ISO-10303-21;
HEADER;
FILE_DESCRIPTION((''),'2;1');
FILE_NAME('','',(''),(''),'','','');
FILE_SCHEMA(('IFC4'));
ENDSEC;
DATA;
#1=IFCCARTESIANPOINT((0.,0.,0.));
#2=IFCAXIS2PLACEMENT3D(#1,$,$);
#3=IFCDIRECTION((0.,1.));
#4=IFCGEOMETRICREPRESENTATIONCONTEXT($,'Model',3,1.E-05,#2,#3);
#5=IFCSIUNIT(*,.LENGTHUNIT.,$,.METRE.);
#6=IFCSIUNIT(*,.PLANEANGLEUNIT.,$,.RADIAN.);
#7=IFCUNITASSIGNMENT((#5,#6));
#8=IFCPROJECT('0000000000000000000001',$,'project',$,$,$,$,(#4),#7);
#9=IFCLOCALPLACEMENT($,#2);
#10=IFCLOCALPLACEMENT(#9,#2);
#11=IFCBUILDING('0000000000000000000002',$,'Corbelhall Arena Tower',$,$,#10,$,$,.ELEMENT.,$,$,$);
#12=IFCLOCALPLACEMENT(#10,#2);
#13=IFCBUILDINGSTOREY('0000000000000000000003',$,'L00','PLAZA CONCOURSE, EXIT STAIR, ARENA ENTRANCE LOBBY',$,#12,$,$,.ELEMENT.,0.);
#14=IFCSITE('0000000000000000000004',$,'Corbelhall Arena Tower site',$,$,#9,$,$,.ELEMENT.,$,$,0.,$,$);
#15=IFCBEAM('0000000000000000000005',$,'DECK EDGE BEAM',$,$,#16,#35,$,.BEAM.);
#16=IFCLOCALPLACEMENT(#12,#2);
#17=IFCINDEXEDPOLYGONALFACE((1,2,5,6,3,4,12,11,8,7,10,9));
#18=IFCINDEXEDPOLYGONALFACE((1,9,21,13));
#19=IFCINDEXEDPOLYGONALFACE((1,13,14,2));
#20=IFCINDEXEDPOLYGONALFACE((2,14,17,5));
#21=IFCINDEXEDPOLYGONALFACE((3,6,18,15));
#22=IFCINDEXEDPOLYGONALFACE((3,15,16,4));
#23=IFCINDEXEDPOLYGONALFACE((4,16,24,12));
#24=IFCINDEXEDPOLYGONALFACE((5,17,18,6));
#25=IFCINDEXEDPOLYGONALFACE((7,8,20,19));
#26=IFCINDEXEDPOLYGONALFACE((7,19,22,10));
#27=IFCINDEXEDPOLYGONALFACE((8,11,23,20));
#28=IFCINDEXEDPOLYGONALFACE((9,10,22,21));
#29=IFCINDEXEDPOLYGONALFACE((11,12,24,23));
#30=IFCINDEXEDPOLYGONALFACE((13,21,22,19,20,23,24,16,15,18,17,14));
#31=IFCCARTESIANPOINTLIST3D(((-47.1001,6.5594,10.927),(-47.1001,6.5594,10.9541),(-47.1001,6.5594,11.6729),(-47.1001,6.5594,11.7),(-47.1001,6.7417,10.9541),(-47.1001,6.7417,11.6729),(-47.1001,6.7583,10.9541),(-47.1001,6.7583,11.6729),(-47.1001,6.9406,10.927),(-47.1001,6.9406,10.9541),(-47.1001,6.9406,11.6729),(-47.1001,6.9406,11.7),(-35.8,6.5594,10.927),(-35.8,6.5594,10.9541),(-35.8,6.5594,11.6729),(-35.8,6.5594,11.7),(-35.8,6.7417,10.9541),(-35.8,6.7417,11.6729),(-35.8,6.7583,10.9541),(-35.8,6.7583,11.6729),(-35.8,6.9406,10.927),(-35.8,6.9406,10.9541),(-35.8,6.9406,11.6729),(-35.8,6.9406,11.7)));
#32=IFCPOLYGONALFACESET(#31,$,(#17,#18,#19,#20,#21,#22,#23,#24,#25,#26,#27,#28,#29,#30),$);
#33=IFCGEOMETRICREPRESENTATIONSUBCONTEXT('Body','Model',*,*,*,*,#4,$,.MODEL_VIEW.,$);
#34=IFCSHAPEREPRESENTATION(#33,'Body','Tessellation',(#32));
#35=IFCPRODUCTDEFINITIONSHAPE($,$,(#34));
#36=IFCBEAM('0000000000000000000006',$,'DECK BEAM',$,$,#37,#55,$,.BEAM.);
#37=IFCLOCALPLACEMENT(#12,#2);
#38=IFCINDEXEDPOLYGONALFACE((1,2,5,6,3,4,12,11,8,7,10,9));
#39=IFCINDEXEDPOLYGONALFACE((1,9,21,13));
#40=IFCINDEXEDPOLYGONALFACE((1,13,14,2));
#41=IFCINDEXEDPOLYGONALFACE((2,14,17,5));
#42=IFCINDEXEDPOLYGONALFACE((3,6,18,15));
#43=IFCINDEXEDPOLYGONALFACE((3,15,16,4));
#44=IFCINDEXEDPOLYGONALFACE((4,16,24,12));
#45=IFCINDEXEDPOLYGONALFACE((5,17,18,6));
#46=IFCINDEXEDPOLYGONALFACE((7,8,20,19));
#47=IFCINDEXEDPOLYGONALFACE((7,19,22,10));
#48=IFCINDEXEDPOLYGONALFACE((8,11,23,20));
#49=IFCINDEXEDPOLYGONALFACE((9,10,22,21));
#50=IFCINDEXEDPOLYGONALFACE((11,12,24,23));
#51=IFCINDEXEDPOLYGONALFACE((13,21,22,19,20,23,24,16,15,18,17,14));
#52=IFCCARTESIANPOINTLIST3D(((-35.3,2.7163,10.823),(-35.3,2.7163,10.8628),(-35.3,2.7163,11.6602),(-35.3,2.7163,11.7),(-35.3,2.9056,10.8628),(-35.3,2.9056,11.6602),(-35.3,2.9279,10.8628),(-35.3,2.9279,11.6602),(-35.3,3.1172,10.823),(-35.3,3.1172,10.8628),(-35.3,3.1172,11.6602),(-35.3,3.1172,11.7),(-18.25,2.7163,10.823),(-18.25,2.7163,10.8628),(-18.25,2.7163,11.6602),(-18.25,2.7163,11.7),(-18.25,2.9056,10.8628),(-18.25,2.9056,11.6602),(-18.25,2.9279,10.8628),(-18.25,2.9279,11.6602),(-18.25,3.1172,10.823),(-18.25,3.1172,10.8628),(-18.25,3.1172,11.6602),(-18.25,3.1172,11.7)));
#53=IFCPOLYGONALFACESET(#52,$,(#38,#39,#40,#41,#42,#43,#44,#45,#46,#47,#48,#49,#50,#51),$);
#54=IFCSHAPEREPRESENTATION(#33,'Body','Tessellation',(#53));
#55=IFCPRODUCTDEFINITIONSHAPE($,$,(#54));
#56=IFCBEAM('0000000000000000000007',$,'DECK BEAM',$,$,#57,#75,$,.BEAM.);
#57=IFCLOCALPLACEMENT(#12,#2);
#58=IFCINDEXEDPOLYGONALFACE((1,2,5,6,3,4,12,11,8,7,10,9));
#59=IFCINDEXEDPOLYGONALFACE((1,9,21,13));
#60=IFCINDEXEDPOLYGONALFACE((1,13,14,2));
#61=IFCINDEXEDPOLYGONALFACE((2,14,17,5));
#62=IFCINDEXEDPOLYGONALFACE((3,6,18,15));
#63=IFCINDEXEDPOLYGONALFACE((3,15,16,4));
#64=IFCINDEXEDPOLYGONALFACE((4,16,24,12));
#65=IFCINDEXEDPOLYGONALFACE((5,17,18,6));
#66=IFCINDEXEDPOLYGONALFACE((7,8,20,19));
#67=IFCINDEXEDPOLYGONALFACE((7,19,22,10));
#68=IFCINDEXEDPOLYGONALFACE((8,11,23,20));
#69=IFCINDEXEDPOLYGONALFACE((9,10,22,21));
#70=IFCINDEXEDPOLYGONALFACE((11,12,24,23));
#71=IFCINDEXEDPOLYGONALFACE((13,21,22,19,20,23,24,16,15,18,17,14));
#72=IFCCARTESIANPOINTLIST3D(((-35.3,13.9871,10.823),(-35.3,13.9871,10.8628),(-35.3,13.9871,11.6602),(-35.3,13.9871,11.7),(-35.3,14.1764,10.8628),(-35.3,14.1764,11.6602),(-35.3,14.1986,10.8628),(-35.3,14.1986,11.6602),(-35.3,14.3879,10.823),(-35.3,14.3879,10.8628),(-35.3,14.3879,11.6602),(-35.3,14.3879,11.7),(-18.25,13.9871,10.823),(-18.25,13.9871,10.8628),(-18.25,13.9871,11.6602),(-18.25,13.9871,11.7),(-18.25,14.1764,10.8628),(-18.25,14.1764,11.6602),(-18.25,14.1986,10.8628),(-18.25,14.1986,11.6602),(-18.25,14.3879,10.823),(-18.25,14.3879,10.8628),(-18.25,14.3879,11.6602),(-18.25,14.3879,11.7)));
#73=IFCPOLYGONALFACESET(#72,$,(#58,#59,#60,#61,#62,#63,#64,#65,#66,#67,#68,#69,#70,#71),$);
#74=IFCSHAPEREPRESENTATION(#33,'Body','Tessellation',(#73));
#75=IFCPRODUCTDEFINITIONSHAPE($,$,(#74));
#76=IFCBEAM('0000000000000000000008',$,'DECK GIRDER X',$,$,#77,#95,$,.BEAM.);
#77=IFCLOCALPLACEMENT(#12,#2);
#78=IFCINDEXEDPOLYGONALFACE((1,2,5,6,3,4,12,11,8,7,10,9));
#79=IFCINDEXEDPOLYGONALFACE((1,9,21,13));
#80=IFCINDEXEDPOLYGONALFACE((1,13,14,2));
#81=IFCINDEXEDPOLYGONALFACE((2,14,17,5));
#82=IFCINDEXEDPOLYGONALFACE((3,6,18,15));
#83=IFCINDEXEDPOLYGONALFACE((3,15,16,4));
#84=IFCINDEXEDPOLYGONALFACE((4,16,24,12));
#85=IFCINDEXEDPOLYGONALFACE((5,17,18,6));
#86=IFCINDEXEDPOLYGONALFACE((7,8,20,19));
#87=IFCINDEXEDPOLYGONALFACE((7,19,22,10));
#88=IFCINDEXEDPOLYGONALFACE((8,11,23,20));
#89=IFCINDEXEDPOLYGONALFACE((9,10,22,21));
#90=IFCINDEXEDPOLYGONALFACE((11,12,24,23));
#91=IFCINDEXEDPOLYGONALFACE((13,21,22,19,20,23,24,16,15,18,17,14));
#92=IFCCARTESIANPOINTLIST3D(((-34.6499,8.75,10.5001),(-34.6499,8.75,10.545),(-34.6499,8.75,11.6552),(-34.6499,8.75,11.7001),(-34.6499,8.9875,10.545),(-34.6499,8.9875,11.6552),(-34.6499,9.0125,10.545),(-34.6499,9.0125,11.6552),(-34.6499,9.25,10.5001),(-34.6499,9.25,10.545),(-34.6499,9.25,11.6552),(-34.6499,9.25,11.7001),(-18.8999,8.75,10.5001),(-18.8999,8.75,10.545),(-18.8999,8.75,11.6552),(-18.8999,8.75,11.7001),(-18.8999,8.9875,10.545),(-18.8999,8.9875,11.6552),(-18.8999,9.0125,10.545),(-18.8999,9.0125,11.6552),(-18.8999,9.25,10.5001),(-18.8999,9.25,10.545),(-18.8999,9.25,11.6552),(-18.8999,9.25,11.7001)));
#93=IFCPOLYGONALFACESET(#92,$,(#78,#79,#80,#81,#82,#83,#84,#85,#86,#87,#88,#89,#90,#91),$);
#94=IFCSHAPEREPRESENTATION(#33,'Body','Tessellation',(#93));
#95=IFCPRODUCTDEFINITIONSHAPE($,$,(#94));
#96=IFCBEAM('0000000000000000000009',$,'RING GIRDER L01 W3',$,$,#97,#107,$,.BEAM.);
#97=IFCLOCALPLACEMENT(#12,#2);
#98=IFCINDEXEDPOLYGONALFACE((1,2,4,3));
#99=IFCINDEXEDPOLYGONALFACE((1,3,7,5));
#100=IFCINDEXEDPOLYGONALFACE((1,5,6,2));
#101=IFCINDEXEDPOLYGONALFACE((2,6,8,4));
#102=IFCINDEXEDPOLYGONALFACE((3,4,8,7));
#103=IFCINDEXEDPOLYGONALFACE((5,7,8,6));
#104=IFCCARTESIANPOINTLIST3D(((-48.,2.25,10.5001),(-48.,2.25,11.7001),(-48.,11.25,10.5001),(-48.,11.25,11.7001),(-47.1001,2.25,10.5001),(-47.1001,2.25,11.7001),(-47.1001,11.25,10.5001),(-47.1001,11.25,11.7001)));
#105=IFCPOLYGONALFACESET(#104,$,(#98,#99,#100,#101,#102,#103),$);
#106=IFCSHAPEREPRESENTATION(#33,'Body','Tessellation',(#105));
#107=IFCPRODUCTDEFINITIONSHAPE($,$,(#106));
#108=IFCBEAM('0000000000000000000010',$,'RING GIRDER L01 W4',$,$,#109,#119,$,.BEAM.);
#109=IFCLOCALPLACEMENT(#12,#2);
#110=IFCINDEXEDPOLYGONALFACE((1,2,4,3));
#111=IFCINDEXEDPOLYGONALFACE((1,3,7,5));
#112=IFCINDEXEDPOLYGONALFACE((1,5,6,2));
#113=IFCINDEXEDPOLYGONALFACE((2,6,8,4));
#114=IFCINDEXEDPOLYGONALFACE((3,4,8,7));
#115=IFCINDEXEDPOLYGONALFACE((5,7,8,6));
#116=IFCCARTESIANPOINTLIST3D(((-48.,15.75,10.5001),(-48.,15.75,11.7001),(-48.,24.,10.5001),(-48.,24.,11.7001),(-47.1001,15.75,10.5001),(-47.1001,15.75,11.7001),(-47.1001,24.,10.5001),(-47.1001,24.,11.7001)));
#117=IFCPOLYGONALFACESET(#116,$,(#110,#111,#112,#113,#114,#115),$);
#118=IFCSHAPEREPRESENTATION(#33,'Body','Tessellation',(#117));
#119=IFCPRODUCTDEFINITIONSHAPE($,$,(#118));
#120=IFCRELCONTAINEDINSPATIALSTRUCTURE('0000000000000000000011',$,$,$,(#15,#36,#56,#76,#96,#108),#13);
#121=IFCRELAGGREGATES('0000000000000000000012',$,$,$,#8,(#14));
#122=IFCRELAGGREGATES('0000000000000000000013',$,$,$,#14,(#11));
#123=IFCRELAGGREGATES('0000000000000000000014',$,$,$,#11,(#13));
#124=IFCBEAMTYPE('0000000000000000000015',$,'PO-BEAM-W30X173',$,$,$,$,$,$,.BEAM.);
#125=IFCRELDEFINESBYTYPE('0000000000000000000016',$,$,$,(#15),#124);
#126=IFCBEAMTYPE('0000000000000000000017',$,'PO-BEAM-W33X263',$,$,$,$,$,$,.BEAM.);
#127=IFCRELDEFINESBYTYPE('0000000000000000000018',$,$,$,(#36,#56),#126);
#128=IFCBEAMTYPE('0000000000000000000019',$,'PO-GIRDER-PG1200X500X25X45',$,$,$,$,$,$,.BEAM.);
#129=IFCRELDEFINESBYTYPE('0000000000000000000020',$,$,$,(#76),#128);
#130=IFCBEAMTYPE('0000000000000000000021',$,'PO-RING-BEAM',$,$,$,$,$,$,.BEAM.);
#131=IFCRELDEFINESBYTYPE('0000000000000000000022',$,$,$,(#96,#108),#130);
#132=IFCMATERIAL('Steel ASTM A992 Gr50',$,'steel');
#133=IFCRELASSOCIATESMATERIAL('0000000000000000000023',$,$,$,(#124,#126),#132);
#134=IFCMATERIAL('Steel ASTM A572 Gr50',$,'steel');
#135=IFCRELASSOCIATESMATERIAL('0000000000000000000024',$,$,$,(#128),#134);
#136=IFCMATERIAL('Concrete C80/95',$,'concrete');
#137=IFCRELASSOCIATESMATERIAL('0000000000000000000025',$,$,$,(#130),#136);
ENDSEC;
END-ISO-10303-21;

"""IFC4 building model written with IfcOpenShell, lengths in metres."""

from ifc_helpers import new_model, si_unit, direction, frame, origin, origin_2d, place, context, subcontext, project, spatial, rectangle, i_section, extrude, material, material_profile, profile_set, type_object, element, save


model = new_model("IFC4")

# Units and contexts
model_context = context("Model", 3, precision=1e-05, world=origin(), true_north=direction((0.0, 1.0)))
body_context = subcontext(model_context, "Body", "Model", "MODEL_VIEW")
ifc_project = project(units=[si_unit("LENGTHUNIT", "METRE"), si_unit("PLANEANGLEUNIT", "RADIAN")], contexts=[model_context])

# Site, building, storey
site_placement = place(None, origin())
site = spatial("IfcSite", under=ifc_project, at=site_placement, Name="Corbelhall Arena Tower site", CompositionType="ELEMENT", RefElevation=0.0)
building_placement = place(site_placement, origin())
building = spatial("IfcBuilding", under=site, at=building_placement, Name="Corbelhall Arena Tower", CompositionType="ELEMENT")
storey_placement = place(building_placement, origin())
storey = spatial("IfcBuildingStorey", under=building, at=storey_placement, Name="L00", Description="PLAZA CONCOURSE, EXIT STAIR, ARENA ENTRANCE LOBBY", CompositionType="ELEMENT", Elevation=0.0)

# Shared definitions
ifc_material_1 = material(Name="Concrete C80/95", Category="concrete")

# Shared definitions
ifc_material_2 = material(Name="Steel ASTM A572 Gr50", Category="steel")

# Beams
ifc_material_3 = material(Name="Steel ASTM A992 Gr50", Category="steel")
ifc_material_profile_1 = material_profile(ifc_material_3, i_section(OverallWidth=0.3811, OverallDepth=0.7729, WebThickness=0.0166, FlangeThickness=0.0271, at=origin_2d()))
ifc_profile_set_1 = profile_set([ifc_material_profile_1], Name="Steel ASTM A992 Gr50")
beam_type_1 = type_object("IfcBeamType", Name="PO-BEAM-W30X173", PredefinedType="BEAM", material=ifc_profile_set_1)
beam_1_placement = place(storey_placement, frame((-35.8, 6.75, 11.3135), z_axis=(-1.0, 0.0, 0.0), x_axis=(0.0, -1.0, 0.0)))
element("IfcBeam", 1, at=beam_1_placement, inside=storey, type_object=beam_type_1, Name="DECK EDGE BEAM", PredefinedType="BEAM", context=body_context, shape_type="SweptSolid", body=[
    extrude(i_section(OverallWidth=0.3811, OverallDepth=0.7729, WebThickness=0.0166, FlangeThickness=0.0271, at=origin_2d()), origin(), (0.0, 0.0, 1.0), 11.3),
])
ifc_material_profile_2 = material_profile(ifc_material_3, i_section(OverallWidth=0.4009, OverallDepth=0.877, WebThickness=0.0222, FlangeThickness=0.0398, at=origin_2d()))
ifc_profile_set_2 = profile_set([ifc_material_profile_2], Name="Steel ASTM A992 Gr50")
beam_type_2 = type_object("IfcBeamType", Name="PO-BEAM-W33X263", PredefinedType="BEAM", material=ifc_profile_set_2)
for number, where, z_axis, x_axis, name in (
    (2, (-35.3, 2.9167, 11.2615), (1.0, 0.0, 0.0), (0.0, 1.0, 0.0), "DECK BEAM"),
    (3, (-35.3, 14.1875, 11.2615), (1.0, 0.0, 0.0), (0.0, 1.0, 0.0), "DECK BEAM"),
):
    element("IfcBeam", number, at=place(storey_placement, frame(where, z_axis=z_axis, x_axis=x_axis)), inside=storey, type_object=beam_type_2, Name=name, PredefinedType="BEAM", context=body_context, shape_type="SweptSolid", body=[
        extrude(i_section(OverallWidth=0.4009, OverallDepth=0.877, WebThickness=0.0222, FlangeThickness=0.0398, at=origin_2d()), origin(), (0.0, 0.0, 1.0), 17.05),
    ])
ifc_material_profile_3 = material_profile(ifc_material_2, i_section(OverallWidth=0.5, OverallDepth=1.2, WebThickness=0.0249, FlangeThickness=0.0449, at=origin_2d()))
ifc_profile_set_3 = profile_set([ifc_material_profile_3], Name="Steel ASTM A572 Gr50")
beam_type_3 = type_object("IfcBeamType", Name="PO-GIRDER-PG1200X500X25X45", PredefinedType="BEAM", material=ifc_profile_set_3)
beam_2_placement = place(storey_placement, frame((-34.6499, 9.0, 11.1001), z_axis=(1.0, 0.0, 0.0), x_axis=(0.0, 1.0, 0.0)))
element("IfcBeam", 4, at=beam_2_placement, inside=storey, type_object=beam_type_3, Name="DECK GIRDER X", PredefinedType="BEAM", context=body_context, shape_type="SweptSolid", body=[
    extrude(i_section(OverallWidth=0.5, OverallDepth=1.2, WebThickness=0.0249, FlangeThickness=0.0449, at=origin_2d()), origin(), (0.0, 0.0, 1.0), 15.75),
])
ifc_material_profile_4 = material_profile(ifc_material_1, rectangle(XDim=0.8999, YDim=1.2, at=origin_2d()))
ifc_profile_set_4 = profile_set([ifc_material_profile_4], Name="Concrete C80/95")
beam_type_4 = type_object("IfcBeamType", Name="PO-RING-BEAM", PredefinedType="BEAM", material=ifc_profile_set_4)
beam_3_placement = place(storey_placement, frame((-47.55, 2.25, 11.1001), z_axis=(0.0, 1.0, 0.0), x_axis=(-1.0, 0.0, 0.0)))
element("IfcBeam", 5, at=beam_3_placement, inside=storey, type_object=beam_type_4, Name="RING GIRDER L01 W3", PredefinedType="BEAM", context=body_context, shape_type="SweptSolid", body=[
    extrude(rectangle(XDim=0.8999, YDim=1.2, at=origin_2d()), origin(), (0.0, 0.0, 1.0), 9.0),
])
beam_4_placement = place(storey_placement, frame((-47.55, 15.75, 11.1001), z_axis=(0.0, 1.0, 0.0), x_axis=(-1.0, 0.0, 0.0)))
element("IfcBeam", 6, at=beam_4_placement, inside=storey, type_object=beam_type_4, Name="RING GIRDER L01 W4", PredefinedType="BEAM", context=body_context, shape_type="SweptSolid", body=[
    extrude(rectangle(XDim=0.8999, YDim=1.2, at=origin_2d()), origin(), (0.0, 0.0, 1.0), 8.25),
])

save(model, "model.ifc")
